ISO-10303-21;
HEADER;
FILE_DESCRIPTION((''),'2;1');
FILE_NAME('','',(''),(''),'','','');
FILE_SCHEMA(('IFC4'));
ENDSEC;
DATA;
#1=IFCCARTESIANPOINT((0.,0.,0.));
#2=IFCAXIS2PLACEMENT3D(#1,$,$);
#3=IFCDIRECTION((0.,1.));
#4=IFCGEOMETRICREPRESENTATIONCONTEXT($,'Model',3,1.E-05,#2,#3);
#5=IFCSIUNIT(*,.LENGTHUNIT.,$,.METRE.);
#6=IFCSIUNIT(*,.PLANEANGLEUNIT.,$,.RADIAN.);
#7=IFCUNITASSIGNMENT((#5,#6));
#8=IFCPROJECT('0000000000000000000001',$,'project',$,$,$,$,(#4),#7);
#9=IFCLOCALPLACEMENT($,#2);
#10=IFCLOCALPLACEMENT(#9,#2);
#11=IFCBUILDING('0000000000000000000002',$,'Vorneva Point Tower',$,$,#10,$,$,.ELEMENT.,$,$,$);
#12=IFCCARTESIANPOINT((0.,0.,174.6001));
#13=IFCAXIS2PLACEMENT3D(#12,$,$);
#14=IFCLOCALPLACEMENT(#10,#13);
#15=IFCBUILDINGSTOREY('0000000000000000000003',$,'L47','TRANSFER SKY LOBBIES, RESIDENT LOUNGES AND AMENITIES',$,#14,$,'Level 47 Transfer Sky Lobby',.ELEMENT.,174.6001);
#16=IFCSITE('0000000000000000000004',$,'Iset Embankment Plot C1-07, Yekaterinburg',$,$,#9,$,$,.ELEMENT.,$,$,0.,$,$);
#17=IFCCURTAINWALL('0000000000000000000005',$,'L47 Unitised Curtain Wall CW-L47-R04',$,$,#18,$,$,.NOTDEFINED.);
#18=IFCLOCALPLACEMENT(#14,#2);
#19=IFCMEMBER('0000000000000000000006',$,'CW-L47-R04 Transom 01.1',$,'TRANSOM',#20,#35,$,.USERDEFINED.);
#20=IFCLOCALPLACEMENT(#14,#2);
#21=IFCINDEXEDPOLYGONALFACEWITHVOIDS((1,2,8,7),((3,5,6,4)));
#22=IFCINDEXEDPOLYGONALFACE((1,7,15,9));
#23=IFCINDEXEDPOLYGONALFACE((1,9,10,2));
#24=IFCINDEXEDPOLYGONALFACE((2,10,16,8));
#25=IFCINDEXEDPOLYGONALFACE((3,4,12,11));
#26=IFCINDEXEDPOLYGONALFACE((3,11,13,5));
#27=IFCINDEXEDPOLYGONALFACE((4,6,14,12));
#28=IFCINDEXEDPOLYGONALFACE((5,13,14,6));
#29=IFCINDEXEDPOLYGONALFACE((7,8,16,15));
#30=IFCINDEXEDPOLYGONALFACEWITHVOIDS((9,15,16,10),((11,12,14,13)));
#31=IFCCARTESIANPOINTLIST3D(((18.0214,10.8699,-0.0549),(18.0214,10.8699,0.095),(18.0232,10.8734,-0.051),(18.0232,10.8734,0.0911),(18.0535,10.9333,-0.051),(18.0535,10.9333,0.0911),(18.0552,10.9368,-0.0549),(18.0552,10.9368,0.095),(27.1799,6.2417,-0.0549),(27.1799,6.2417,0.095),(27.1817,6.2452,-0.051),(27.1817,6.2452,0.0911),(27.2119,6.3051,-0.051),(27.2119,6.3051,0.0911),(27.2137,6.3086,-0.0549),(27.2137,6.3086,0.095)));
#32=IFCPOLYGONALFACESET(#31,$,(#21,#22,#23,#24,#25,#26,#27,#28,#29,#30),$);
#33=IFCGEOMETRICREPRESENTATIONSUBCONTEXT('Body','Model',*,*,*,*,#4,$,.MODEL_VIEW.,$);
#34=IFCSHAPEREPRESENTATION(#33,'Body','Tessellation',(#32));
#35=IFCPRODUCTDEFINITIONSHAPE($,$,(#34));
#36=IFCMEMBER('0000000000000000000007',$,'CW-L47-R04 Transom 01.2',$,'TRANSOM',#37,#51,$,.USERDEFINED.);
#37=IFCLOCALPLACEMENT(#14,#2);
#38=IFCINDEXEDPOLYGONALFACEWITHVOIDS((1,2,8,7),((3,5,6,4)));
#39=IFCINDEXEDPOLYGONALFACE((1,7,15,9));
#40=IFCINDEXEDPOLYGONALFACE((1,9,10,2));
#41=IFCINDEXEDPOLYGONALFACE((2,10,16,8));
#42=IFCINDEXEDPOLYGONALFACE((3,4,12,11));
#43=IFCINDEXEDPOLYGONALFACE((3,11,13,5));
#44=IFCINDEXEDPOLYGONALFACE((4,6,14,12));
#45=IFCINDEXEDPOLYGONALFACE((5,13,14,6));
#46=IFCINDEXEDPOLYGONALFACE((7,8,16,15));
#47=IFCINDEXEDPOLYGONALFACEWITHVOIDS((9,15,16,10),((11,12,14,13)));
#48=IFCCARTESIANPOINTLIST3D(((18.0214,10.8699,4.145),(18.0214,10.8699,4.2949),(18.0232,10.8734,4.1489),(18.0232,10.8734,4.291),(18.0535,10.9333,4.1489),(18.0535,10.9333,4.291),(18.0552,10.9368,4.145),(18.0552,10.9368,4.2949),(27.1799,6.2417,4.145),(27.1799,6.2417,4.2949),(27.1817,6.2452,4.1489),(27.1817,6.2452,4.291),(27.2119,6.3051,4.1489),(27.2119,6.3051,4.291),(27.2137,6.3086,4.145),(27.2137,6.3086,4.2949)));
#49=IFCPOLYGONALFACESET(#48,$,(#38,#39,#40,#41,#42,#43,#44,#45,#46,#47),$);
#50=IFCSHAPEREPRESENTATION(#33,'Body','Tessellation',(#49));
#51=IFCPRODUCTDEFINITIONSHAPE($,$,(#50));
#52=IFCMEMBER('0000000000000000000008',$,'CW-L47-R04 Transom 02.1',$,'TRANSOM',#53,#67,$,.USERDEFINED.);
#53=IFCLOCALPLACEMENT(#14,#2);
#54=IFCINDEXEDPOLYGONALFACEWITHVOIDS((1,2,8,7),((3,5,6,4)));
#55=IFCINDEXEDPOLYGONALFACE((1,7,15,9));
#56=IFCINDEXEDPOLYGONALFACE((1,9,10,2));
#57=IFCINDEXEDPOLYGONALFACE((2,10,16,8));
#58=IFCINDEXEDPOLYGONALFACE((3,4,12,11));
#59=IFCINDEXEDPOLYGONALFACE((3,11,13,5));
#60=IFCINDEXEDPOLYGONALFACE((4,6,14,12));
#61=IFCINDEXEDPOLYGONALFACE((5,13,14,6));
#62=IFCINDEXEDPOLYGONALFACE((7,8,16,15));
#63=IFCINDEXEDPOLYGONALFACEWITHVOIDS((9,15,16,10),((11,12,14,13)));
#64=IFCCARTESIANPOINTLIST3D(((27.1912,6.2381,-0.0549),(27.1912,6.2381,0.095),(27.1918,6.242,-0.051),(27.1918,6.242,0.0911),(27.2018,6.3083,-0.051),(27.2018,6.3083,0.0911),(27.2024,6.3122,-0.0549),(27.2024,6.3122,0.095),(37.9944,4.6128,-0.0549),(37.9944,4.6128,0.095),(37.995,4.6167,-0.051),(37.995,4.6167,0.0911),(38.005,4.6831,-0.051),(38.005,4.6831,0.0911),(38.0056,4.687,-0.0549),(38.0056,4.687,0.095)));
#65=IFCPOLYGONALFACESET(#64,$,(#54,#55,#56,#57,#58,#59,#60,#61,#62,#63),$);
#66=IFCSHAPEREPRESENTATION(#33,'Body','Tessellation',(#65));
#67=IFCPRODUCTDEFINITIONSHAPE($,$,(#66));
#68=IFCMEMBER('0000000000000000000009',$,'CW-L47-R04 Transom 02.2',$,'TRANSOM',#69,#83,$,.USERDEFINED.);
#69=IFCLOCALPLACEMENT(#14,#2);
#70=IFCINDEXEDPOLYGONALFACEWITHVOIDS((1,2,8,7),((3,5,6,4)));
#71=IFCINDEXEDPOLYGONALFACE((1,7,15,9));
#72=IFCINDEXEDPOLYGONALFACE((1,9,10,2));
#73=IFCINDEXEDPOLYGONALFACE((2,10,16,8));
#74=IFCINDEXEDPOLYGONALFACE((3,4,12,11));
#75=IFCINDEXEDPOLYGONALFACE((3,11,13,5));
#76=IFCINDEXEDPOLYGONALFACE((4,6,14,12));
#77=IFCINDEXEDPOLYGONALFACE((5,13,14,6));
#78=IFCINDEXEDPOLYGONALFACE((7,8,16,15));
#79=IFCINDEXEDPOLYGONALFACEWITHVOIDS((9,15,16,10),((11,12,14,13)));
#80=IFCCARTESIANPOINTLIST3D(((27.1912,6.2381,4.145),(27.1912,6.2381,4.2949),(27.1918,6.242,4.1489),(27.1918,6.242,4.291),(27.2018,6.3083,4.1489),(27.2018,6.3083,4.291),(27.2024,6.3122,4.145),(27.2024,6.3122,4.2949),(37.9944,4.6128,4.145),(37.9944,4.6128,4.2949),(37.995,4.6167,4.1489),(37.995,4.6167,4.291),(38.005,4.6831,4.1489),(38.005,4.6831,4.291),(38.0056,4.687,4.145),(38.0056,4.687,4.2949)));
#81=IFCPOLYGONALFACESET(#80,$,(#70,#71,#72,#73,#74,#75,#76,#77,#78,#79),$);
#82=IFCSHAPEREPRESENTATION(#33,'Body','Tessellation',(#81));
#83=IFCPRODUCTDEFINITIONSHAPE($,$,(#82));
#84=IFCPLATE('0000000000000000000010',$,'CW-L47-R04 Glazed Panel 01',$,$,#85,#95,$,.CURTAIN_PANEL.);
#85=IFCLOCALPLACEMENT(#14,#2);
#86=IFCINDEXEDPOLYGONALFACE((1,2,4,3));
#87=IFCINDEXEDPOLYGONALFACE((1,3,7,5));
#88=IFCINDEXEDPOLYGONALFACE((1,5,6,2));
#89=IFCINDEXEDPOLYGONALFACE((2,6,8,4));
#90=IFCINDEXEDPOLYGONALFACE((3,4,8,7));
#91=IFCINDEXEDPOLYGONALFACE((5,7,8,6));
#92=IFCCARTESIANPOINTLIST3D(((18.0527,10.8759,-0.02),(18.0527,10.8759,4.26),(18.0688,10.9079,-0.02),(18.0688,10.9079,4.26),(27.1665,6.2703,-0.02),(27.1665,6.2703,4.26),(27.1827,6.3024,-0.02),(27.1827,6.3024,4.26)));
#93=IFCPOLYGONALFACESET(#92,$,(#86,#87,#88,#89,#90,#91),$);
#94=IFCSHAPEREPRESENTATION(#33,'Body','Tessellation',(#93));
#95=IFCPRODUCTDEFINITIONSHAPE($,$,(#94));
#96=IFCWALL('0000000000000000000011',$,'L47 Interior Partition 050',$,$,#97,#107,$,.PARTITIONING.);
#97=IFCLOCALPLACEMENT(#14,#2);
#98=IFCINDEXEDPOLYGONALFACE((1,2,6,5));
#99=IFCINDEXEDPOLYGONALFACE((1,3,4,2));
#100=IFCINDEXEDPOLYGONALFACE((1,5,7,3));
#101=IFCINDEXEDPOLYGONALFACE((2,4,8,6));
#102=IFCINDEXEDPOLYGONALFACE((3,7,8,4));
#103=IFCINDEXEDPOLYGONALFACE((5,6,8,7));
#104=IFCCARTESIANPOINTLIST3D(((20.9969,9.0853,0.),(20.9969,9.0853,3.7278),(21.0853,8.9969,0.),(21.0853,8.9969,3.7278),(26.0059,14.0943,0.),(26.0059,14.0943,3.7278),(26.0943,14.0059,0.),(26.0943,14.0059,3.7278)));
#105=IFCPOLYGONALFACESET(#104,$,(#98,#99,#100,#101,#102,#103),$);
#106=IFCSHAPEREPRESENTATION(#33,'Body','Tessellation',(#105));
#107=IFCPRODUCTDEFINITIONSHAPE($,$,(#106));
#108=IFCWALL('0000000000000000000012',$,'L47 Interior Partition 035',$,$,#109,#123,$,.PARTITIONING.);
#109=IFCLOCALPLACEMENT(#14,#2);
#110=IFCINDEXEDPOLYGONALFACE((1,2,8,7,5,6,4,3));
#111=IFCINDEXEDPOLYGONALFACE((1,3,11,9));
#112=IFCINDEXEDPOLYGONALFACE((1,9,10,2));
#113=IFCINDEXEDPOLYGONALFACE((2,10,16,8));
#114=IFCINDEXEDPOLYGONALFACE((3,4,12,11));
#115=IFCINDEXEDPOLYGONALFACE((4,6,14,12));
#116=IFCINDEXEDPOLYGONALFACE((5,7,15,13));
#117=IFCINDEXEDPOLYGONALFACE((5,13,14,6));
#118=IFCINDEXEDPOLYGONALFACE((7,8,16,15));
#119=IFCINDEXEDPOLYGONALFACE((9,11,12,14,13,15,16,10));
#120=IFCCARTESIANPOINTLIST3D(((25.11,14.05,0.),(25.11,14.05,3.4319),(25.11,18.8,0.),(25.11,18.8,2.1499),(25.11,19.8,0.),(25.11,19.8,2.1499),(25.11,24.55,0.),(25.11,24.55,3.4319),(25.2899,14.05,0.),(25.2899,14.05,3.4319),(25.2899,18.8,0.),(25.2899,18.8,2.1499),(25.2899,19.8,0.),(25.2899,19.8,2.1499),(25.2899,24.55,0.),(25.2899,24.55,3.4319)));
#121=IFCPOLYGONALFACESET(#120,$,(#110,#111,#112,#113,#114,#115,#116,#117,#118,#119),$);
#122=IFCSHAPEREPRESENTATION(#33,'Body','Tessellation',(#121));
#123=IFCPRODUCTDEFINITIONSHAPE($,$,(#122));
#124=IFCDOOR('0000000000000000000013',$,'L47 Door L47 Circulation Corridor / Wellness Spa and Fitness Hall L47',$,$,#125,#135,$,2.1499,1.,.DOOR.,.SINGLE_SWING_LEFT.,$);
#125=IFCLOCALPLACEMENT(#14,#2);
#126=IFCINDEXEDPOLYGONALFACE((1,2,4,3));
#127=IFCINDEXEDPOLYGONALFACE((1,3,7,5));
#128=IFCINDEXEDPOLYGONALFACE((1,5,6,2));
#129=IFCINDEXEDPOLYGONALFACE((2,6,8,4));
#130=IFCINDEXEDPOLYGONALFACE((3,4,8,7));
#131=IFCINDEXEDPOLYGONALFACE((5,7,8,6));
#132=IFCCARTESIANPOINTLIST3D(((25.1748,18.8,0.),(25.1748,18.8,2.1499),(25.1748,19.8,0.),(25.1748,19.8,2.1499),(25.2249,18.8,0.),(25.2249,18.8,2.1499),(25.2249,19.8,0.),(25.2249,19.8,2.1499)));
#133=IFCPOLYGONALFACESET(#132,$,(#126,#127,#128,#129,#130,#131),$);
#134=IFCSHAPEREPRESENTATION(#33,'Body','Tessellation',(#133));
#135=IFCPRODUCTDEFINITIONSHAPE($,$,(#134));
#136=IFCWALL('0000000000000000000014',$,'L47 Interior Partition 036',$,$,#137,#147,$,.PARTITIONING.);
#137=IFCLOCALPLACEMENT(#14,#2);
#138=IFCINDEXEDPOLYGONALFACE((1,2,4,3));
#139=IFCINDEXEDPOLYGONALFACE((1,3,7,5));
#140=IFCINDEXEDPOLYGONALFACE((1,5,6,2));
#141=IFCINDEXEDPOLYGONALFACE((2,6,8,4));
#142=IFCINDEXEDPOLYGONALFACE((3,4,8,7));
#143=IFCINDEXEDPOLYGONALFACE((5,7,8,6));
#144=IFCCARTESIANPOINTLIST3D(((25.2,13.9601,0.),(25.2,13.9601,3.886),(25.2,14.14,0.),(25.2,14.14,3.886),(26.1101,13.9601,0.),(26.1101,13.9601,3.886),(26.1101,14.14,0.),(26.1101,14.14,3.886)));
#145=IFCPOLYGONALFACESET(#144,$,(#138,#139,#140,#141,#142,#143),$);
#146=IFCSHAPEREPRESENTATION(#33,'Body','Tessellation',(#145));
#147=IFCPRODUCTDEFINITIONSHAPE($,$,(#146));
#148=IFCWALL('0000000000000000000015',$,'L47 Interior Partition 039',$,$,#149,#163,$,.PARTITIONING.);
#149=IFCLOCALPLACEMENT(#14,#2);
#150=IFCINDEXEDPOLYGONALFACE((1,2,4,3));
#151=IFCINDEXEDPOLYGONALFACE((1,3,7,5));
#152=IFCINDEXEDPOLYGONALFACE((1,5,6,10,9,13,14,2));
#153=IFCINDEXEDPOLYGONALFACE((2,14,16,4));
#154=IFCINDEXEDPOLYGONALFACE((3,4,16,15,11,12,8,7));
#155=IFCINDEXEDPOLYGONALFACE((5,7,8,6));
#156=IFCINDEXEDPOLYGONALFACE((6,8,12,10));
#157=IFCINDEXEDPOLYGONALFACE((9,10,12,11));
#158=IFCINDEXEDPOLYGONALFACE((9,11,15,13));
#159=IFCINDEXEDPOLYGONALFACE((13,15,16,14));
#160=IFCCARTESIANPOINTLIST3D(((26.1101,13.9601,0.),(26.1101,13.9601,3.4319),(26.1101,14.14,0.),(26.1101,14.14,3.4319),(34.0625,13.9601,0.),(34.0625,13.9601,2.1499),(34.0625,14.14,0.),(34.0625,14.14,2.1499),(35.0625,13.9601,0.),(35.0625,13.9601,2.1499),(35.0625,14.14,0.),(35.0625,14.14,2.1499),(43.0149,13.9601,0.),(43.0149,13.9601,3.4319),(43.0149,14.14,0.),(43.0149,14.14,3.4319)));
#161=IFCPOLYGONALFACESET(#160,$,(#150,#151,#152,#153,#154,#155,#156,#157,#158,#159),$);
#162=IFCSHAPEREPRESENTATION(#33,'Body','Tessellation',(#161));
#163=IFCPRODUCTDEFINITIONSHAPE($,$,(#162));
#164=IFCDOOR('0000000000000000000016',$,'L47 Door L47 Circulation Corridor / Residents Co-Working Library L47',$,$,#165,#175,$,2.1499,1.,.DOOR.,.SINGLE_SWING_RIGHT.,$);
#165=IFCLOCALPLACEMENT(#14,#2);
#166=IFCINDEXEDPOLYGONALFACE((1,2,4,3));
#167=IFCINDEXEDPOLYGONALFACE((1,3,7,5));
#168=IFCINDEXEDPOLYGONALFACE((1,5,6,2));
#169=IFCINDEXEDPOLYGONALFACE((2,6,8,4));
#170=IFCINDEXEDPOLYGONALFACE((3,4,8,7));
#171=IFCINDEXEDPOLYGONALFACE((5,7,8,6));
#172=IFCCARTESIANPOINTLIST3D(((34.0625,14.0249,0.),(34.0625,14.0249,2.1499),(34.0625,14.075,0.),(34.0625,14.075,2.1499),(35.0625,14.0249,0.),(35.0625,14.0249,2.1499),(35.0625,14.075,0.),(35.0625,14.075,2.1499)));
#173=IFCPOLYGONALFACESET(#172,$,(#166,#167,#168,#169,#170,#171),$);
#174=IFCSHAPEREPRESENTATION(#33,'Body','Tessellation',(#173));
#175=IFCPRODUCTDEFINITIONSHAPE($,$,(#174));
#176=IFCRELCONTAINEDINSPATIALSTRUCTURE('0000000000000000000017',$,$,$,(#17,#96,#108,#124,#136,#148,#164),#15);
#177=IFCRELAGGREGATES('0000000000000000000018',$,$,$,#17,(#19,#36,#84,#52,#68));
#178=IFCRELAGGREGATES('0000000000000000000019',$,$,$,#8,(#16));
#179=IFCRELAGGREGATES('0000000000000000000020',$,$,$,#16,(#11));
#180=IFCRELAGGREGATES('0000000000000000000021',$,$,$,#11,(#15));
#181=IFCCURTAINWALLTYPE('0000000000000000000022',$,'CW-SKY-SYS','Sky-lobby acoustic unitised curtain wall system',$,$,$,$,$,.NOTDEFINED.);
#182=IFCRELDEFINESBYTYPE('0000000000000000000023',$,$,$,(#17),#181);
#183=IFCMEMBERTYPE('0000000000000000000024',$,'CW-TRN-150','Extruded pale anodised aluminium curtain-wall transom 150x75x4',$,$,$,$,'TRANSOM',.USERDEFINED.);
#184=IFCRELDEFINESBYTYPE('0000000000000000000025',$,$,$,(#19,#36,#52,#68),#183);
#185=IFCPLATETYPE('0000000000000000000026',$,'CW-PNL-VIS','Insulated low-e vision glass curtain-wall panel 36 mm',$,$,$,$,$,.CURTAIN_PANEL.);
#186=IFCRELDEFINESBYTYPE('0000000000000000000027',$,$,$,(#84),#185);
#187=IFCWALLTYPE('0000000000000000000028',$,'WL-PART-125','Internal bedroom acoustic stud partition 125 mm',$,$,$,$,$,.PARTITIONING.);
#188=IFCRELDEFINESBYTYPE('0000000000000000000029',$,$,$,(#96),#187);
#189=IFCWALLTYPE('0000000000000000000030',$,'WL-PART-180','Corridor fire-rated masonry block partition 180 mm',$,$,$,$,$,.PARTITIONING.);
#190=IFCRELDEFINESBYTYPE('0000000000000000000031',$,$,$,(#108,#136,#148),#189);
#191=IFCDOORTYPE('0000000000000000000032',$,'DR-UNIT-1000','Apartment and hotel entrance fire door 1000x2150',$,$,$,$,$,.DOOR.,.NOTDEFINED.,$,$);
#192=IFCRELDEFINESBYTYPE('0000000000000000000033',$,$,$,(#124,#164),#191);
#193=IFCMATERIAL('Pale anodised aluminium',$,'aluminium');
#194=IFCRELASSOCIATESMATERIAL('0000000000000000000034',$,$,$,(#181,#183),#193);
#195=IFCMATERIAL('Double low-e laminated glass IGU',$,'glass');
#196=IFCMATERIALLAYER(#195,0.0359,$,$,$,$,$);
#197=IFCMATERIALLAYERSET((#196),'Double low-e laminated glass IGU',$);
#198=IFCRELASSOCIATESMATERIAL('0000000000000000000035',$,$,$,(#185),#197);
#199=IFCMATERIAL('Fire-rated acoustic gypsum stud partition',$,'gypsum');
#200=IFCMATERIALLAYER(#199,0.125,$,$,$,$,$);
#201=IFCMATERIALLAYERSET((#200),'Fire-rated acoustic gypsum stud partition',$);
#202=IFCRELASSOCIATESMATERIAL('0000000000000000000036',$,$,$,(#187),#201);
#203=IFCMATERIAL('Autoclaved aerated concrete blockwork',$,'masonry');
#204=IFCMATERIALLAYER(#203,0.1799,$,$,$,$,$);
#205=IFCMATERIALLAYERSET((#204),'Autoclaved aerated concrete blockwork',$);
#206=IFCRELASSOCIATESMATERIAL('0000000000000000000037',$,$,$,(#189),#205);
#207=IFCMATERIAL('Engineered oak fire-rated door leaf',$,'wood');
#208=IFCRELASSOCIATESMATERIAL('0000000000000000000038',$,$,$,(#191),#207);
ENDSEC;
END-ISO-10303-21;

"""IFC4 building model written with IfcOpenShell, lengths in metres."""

from ifc_helpers import new_model, si_unit, direction, frame, frame_2d, origin, origin_2d, place, context, subcontext, project, spatial, rectangle, hollow_rectangle, extrude, material, layer, layer_set, material_profile, profile_set, type_object, element, fill, aggregate, save


model = new_model("IFC4")

# Units and contexts
model_context = context("Model", 3, precision=1e-05, world=origin(), true_north=direction((0.0, 1.0)))
body_context = subcontext(model_context, "Body", "Model", "MODEL_VIEW")
ifc_project = project(units=[si_unit("LENGTHUNIT", "METRE"), si_unit("PLANEANGLEUNIT", "RADIAN")], contexts=[model_context])

# Site, building, storey
site_placement = place(None, origin())
site = spatial("IfcSite", under=ifc_project, at=site_placement, Name="Iset Embankment Plot C1-07, Yekaterinburg", CompositionType="ELEMENT", RefElevation=0.0)
building_placement = place(site_placement, origin())
building = spatial("IfcBuilding", under=site, at=building_placement, Name="Vorneva Point Tower", CompositionType="ELEMENT")
storey_placement = place(building_placement, frame((0.0, 0.0, 174.6001)))
storey = spatial("IfcBuildingStorey", under=building, at=storey_placement, Name="L47", Description="TRANSFER SKY LOBBIES, RESIDENT LOUNGES AND AMENITIES", LongName="Level 47 Transfer Sky Lobby", CompositionType="ELEMENT", Elevation=174.6001)

# Curtain wall, members, plate
ifc_material_1 = material(Name="Pale anodised aluminium", Category="aluminium")
curtain_wall_type = type_object("IfcCurtainWallType", Name="CW-SKY-SYS", Description="Sky-lobby acoustic unitised curtain wall system", PredefinedType="NOTDEFINED", material=ifc_material_1)
curtain_wall_placement = place(storey_placement, origin())
curtain_wall = element("IfcCurtainWall", 1, at=curtain_wall_placement, inside=storey, type_object=curtain_wall_type, Name="L47 Unitised Curtain Wall CW-L47-R04", PredefinedType="NOTDEFINED")
ifc_material_profile_1 = material_profile(ifc_material_1, hollow_rectangle(XDim=0.075, YDim=0.1499, WallThickness=0.0039, at=origin_2d()), Name="AL-TRN 150x75x4")
ifc_profile_set_1 = profile_set([ifc_material_profile_1], Name="Pale anodised aluminium")
member_type_1 = type_object("IfcMemberType", Name="CW-TRN-150", Description="Extruded pale anodised aluminium curtain-wall transom 150x75x4", ElementType="TRANSOM", PredefinedType="USERDEFINED", material=ifc_profile_set_1)
member_1_placement = place(storey_placement, frame((18.0383, 10.9033, 0.02), z_axis=(0.892511, -0.451026, 0.0), x_axis=(0.451026, 0.892511, 0.0)))
member_1 = element("IfcMember", 2, at=member_1_placement, type_object=member_type_1, Name="CW-L47-R04 Transom 01.1", ObjectType="TRANSOM", PredefinedType="USERDEFINED", context=body_context, shape_type="SweptSolid", body=[
    extrude(hollow_rectangle(XDim=0.075, YDim=0.1499, WallThickness=0.0039, at=origin_2d()), origin(), (0.0, 0.0, 1.0), 10.2615),
])
member_2_placement = place(storey_placement, frame((18.0383, 10.9033, 4.22), z_axis=(0.892511, -0.451026, 0.0), x_axis=(0.451026, 0.892511, 0.0)))
member_2 = element("IfcMember", 3, at=member_2_placement, type_object=member_type_1, Name="CW-L47-R04 Transom 01.2", ObjectType="TRANSOM", PredefinedType="USERDEFINED", context=body_context, shape_type="SweptSolid", body=[
    extrude(hollow_rectangle(XDim=0.075, YDim=0.1499, WallThickness=0.0039, at=origin_2d()), origin(), (0.0, 0.0, 1.0), 10.2615),
])
member_3_placement = place(storey_placement, frame((27.1968, 6.2751, 0.02), z_axis=(0.988872, -0.148767, 0.0), x_axis=(0.148767, 0.988872, 0.0)))
member_3 = element("IfcMember", 4, at=member_3_placement, type_object=member_type_1, Name="CW-L47-R04 Transom 02.1", ObjectType="TRANSOM", PredefinedType="USERDEFINED", context=body_context, shape_type="SweptSolid", body=[
    extrude(hollow_rectangle(XDim=0.075, YDim=0.1499, WallThickness=0.0039, at=origin_2d()), origin(), (0.0, 0.0, 1.0), 10.9248),
])
member_4_placement = place(storey_placement, frame((27.1968, 6.2751, 4.22), z_axis=(0.988872, -0.148767, 0.0), x_axis=(0.148767, 0.988872, 0.0)))
member_4 = element("IfcMember", 5, at=member_4_placement, type_object=member_type_1, Name="CW-L47-R04 Transom 02.2", ObjectType="TRANSOM", PredefinedType="USERDEFINED", context=body_context, shape_type="SweptSolid", body=[
    extrude(hollow_rectangle(XDim=0.075, YDim=0.1499, WallThickness=0.0039, at=origin_2d()), origin(), (0.0, 0.0, 1.0), 10.9248),
])
ifc_material_2 = material(Name="Double low-e laminated glass IGU", Category="glass")
ifc_layer_1 = layer(ifc_material_2, 0.0359)
ifc_layer_set_1 = layer_set([ifc_layer_1], Name="Double low-e laminated glass IGU")
plate_type = type_object("IfcPlateType", Name="CW-PNL-VIS", Description="Insulated low-e vision glass curtain-wall panel 36 mm", PredefinedType="CURTAIN_PANEL", material=ifc_layer_set_1)
plate_placement = place(storey_placement, frame((22.6177, 8.5891, -0.02), z_axis=(0.0, 0.0, 1.0), x_axis=(0.892515, -0.451018, 0.0)))
plate = element("IfcPlate", 6, at=plate_placement, type_object=plate_type, Name="CW-L47-R04 Glazed Panel 01", PredefinedType="CURTAIN_PANEL", context=body_context, shape_type="SweptSolid", body=[
    extrude(rectangle(XDim=10.2114, YDim=0.0359, at=origin_2d()), origin(), (0.0, 0.0, 1.0), 4.28),
])
aggregate(curtain_wall, [member_1, member_2, plate, member_3, member_4])

# Wall
ifc_material_3 = material(Name="Fire-rated acoustic gypsum stud partition", Category="gypsum")
ifc_layer_2 = layer(ifc_material_3, 0.125)
ifc_layer_set_2 = layer_set([ifc_layer_2], Name="Fire-rated acoustic gypsum stud partition")
wall_type_1 = type_object("IfcWallType", Name="WL-PART-125", Description="Internal bedroom acoustic stud partition 125 mm", PredefinedType="PARTITIONING", material=ifc_layer_set_2)
wall_1_placement = place(storey_placement, frame((21.041, 9.041, 0.0), z_axis=(0.0, 0.0, 1.0), x_axis=(0.707107, 0.707107, 0.0)))
element("IfcWall", 7, at=wall_1_placement, inside=storey, type_object=wall_type_1, Name="L47 Interior Partition 050", PredefinedType="PARTITIONING", context=body_context, shape_type="SweptSolid", body=[
    extrude(rectangle(XDim=7.0837, YDim=0.125, at=frame_2d((3.542, 0.0))), origin(), (0.0, 0.0, 1.0), 3.7278),
])

# Wall, opening, door
ifc_material_4 = material(Name="Autoclaved aerated concrete blockwork", Category="masonry")
ifc_layer_3 = layer(ifc_material_4, 0.1799)
ifc_layer_set_3 = layer_set([ifc_layer_3], Name="Autoclaved aerated concrete blockwork")
wall_type_2 = type_object("IfcWallType", Name="WL-PART-180", Description="Corridor fire-rated masonry block partition 180 mm", PredefinedType="PARTITIONING", material=ifc_layer_set_3)
wall_2_placement = place(storey_placement, frame((25.2, 24.55, 0.0), z_axis=(0.0, 0.0, 1.0), x_axis=(0.0, -1.0, 0.0)))
wall_2 = element("IfcWall", 8, at=wall_2_placement, inside=storey, type_object=wall_type_2, Name="L47 Interior Partition 035", PredefinedType="PARTITIONING", context=body_context, shape_type="SweptSolid", body=[
    extrude(rectangle(XDim=10.5, YDim=0.1799, at=frame_2d((5.25, 0.0))), origin(), (0.0, 0.0, 1.0), 3.4319),
])
opening_1_placement = place(wall_2_placement, frame((4.75, 0.0, 0.0)))
opening_1 = element("IfcOpeningElement", 9, at=opening_1_placement, cuts=wall_2, PredefinedType="OPENING", context=body_context, shape_type="SweptSolid", body=[
    extrude(rectangle(XDim=1.0, YDim=2.1499, at=frame_2d((0.5, 1.075))), frame((0.0, 0.105, 0.0), z_axis=(0.0, -1.0, 0.0), x_axis=(1.0, 0.0, 0.0)), (0.0, 0.0, 1.0), 0.2097),
])
ifc_material_5 = material(Name="Engineered oak fire-rated door leaf", Category="wood")
door_type = type_object("IfcDoorType", Name="DR-UNIT-1000", Description="Apartment and hotel entrance fire door 1000x2150", OperationType="NOTDEFINED", PredefinedType="DOOR", material=ifc_material_5)
door_1_placement = place(opening_1_placement, origin())
door_1 = element("IfcDoor", 10, at=door_1_placement, inside=storey, type_object=door_type, Name="L47 Door L47 Circulation Corridor / Wellness Spa and Fitness Hall L47", OperationType="SINGLE_SWING_LEFT", OverallHeight=2.1499, OverallWidth=1.0, PredefinedType="DOOR", context=body_context, shape_type="SweptSolid", body=[
    extrude(rectangle(XDim=1.0, YDim=2.1499, at=frame_2d((0.5, 1.075))), frame((0.0, 0.0249, 0.0), z_axis=(0.0, -1.0, 0.0), x_axis=(1.0, 0.0, 0.0)), (0.0, 0.0, 1.0), 0.05),
])
fill(opening_1, door_1)

# Wall
wall_3_placement = place(storey_placement, frame((25.2, 14.05, 0.0), z_axis=(0.0, 0.0, 1.0), x_axis=(1.0, 0.0, 0.0)))
element("IfcWall", 11, at=wall_3_placement, inside=storey, type_object=wall_type_2, Name="L47 Interior Partition 036", PredefinedType="PARTITIONING", context=body_context, shape_type="SweptSolid", body=[
    extrude(rectangle(XDim=0.9102, YDim=0.1799, at=frame_2d((0.4551, 0.0))), origin(), (0.0, 0.0, 1.0), 3.886),
])

# Wall, opening, door
wall_4_placement = place(storey_placement, frame((26.1101, 14.05, 0.0), z_axis=(0.0, 0.0, 1.0), x_axis=(1.0, 0.0, 0.0)))
wall_4 = element("IfcWall", 12, at=wall_4_placement, inside=storey, type_object=wall_type_2, Name="L47 Interior Partition 039", PredefinedType="PARTITIONING", context=body_context, shape_type="SweptSolid", body=[
    extrude(rectangle(XDim=16.9048, YDim=0.1799, at=frame_2d((8.4524, 0.0))), origin(), (0.0, 0.0, 1.0), 3.4319),
])
opening_2_placement = place(wall_4_placement, frame((7.9524, 0.0, 0.0)))
opening_2 = element("IfcOpeningElement", 13, at=opening_2_placement, cuts=wall_4, PredefinedType="OPENING", context=body_context, shape_type="SweptSolid", body=[
    extrude(rectangle(XDim=1.0, YDim=2.1499, at=frame_2d((0.5, 1.075))), frame((0.0, 0.105, 0.0), z_axis=(0.0, -1.0, 0.0), x_axis=(1.0, 0.0, 0.0)), (0.0, 0.0, 1.0), 0.2097),
])
door_2_placement = place(opening_2_placement, origin())
door_2 = element("IfcDoor", 14, at=door_2_placement, inside=storey, type_object=door_type, Name="L47 Door L47 Circulation Corridor / Residents Co-Working Library L47", OperationType="SINGLE_SWING_RIGHT", OverallHeight=2.1499, OverallWidth=1.0, PredefinedType="DOOR", context=body_context, shape_type="SweptSolid", body=[
    extrude(rectangle(XDim=1.0, YDim=2.1499, at=frame_2d((0.5, 1.075))), frame((0.0, 0.0249, 0.0), z_axis=(0.0, -1.0, 0.0), x_axis=(1.0, 0.0, 0.0)), (0.0, 0.0, 1.0), 0.05),
])
fill(opening_2, door_2)

save(model, "model.ifc")
